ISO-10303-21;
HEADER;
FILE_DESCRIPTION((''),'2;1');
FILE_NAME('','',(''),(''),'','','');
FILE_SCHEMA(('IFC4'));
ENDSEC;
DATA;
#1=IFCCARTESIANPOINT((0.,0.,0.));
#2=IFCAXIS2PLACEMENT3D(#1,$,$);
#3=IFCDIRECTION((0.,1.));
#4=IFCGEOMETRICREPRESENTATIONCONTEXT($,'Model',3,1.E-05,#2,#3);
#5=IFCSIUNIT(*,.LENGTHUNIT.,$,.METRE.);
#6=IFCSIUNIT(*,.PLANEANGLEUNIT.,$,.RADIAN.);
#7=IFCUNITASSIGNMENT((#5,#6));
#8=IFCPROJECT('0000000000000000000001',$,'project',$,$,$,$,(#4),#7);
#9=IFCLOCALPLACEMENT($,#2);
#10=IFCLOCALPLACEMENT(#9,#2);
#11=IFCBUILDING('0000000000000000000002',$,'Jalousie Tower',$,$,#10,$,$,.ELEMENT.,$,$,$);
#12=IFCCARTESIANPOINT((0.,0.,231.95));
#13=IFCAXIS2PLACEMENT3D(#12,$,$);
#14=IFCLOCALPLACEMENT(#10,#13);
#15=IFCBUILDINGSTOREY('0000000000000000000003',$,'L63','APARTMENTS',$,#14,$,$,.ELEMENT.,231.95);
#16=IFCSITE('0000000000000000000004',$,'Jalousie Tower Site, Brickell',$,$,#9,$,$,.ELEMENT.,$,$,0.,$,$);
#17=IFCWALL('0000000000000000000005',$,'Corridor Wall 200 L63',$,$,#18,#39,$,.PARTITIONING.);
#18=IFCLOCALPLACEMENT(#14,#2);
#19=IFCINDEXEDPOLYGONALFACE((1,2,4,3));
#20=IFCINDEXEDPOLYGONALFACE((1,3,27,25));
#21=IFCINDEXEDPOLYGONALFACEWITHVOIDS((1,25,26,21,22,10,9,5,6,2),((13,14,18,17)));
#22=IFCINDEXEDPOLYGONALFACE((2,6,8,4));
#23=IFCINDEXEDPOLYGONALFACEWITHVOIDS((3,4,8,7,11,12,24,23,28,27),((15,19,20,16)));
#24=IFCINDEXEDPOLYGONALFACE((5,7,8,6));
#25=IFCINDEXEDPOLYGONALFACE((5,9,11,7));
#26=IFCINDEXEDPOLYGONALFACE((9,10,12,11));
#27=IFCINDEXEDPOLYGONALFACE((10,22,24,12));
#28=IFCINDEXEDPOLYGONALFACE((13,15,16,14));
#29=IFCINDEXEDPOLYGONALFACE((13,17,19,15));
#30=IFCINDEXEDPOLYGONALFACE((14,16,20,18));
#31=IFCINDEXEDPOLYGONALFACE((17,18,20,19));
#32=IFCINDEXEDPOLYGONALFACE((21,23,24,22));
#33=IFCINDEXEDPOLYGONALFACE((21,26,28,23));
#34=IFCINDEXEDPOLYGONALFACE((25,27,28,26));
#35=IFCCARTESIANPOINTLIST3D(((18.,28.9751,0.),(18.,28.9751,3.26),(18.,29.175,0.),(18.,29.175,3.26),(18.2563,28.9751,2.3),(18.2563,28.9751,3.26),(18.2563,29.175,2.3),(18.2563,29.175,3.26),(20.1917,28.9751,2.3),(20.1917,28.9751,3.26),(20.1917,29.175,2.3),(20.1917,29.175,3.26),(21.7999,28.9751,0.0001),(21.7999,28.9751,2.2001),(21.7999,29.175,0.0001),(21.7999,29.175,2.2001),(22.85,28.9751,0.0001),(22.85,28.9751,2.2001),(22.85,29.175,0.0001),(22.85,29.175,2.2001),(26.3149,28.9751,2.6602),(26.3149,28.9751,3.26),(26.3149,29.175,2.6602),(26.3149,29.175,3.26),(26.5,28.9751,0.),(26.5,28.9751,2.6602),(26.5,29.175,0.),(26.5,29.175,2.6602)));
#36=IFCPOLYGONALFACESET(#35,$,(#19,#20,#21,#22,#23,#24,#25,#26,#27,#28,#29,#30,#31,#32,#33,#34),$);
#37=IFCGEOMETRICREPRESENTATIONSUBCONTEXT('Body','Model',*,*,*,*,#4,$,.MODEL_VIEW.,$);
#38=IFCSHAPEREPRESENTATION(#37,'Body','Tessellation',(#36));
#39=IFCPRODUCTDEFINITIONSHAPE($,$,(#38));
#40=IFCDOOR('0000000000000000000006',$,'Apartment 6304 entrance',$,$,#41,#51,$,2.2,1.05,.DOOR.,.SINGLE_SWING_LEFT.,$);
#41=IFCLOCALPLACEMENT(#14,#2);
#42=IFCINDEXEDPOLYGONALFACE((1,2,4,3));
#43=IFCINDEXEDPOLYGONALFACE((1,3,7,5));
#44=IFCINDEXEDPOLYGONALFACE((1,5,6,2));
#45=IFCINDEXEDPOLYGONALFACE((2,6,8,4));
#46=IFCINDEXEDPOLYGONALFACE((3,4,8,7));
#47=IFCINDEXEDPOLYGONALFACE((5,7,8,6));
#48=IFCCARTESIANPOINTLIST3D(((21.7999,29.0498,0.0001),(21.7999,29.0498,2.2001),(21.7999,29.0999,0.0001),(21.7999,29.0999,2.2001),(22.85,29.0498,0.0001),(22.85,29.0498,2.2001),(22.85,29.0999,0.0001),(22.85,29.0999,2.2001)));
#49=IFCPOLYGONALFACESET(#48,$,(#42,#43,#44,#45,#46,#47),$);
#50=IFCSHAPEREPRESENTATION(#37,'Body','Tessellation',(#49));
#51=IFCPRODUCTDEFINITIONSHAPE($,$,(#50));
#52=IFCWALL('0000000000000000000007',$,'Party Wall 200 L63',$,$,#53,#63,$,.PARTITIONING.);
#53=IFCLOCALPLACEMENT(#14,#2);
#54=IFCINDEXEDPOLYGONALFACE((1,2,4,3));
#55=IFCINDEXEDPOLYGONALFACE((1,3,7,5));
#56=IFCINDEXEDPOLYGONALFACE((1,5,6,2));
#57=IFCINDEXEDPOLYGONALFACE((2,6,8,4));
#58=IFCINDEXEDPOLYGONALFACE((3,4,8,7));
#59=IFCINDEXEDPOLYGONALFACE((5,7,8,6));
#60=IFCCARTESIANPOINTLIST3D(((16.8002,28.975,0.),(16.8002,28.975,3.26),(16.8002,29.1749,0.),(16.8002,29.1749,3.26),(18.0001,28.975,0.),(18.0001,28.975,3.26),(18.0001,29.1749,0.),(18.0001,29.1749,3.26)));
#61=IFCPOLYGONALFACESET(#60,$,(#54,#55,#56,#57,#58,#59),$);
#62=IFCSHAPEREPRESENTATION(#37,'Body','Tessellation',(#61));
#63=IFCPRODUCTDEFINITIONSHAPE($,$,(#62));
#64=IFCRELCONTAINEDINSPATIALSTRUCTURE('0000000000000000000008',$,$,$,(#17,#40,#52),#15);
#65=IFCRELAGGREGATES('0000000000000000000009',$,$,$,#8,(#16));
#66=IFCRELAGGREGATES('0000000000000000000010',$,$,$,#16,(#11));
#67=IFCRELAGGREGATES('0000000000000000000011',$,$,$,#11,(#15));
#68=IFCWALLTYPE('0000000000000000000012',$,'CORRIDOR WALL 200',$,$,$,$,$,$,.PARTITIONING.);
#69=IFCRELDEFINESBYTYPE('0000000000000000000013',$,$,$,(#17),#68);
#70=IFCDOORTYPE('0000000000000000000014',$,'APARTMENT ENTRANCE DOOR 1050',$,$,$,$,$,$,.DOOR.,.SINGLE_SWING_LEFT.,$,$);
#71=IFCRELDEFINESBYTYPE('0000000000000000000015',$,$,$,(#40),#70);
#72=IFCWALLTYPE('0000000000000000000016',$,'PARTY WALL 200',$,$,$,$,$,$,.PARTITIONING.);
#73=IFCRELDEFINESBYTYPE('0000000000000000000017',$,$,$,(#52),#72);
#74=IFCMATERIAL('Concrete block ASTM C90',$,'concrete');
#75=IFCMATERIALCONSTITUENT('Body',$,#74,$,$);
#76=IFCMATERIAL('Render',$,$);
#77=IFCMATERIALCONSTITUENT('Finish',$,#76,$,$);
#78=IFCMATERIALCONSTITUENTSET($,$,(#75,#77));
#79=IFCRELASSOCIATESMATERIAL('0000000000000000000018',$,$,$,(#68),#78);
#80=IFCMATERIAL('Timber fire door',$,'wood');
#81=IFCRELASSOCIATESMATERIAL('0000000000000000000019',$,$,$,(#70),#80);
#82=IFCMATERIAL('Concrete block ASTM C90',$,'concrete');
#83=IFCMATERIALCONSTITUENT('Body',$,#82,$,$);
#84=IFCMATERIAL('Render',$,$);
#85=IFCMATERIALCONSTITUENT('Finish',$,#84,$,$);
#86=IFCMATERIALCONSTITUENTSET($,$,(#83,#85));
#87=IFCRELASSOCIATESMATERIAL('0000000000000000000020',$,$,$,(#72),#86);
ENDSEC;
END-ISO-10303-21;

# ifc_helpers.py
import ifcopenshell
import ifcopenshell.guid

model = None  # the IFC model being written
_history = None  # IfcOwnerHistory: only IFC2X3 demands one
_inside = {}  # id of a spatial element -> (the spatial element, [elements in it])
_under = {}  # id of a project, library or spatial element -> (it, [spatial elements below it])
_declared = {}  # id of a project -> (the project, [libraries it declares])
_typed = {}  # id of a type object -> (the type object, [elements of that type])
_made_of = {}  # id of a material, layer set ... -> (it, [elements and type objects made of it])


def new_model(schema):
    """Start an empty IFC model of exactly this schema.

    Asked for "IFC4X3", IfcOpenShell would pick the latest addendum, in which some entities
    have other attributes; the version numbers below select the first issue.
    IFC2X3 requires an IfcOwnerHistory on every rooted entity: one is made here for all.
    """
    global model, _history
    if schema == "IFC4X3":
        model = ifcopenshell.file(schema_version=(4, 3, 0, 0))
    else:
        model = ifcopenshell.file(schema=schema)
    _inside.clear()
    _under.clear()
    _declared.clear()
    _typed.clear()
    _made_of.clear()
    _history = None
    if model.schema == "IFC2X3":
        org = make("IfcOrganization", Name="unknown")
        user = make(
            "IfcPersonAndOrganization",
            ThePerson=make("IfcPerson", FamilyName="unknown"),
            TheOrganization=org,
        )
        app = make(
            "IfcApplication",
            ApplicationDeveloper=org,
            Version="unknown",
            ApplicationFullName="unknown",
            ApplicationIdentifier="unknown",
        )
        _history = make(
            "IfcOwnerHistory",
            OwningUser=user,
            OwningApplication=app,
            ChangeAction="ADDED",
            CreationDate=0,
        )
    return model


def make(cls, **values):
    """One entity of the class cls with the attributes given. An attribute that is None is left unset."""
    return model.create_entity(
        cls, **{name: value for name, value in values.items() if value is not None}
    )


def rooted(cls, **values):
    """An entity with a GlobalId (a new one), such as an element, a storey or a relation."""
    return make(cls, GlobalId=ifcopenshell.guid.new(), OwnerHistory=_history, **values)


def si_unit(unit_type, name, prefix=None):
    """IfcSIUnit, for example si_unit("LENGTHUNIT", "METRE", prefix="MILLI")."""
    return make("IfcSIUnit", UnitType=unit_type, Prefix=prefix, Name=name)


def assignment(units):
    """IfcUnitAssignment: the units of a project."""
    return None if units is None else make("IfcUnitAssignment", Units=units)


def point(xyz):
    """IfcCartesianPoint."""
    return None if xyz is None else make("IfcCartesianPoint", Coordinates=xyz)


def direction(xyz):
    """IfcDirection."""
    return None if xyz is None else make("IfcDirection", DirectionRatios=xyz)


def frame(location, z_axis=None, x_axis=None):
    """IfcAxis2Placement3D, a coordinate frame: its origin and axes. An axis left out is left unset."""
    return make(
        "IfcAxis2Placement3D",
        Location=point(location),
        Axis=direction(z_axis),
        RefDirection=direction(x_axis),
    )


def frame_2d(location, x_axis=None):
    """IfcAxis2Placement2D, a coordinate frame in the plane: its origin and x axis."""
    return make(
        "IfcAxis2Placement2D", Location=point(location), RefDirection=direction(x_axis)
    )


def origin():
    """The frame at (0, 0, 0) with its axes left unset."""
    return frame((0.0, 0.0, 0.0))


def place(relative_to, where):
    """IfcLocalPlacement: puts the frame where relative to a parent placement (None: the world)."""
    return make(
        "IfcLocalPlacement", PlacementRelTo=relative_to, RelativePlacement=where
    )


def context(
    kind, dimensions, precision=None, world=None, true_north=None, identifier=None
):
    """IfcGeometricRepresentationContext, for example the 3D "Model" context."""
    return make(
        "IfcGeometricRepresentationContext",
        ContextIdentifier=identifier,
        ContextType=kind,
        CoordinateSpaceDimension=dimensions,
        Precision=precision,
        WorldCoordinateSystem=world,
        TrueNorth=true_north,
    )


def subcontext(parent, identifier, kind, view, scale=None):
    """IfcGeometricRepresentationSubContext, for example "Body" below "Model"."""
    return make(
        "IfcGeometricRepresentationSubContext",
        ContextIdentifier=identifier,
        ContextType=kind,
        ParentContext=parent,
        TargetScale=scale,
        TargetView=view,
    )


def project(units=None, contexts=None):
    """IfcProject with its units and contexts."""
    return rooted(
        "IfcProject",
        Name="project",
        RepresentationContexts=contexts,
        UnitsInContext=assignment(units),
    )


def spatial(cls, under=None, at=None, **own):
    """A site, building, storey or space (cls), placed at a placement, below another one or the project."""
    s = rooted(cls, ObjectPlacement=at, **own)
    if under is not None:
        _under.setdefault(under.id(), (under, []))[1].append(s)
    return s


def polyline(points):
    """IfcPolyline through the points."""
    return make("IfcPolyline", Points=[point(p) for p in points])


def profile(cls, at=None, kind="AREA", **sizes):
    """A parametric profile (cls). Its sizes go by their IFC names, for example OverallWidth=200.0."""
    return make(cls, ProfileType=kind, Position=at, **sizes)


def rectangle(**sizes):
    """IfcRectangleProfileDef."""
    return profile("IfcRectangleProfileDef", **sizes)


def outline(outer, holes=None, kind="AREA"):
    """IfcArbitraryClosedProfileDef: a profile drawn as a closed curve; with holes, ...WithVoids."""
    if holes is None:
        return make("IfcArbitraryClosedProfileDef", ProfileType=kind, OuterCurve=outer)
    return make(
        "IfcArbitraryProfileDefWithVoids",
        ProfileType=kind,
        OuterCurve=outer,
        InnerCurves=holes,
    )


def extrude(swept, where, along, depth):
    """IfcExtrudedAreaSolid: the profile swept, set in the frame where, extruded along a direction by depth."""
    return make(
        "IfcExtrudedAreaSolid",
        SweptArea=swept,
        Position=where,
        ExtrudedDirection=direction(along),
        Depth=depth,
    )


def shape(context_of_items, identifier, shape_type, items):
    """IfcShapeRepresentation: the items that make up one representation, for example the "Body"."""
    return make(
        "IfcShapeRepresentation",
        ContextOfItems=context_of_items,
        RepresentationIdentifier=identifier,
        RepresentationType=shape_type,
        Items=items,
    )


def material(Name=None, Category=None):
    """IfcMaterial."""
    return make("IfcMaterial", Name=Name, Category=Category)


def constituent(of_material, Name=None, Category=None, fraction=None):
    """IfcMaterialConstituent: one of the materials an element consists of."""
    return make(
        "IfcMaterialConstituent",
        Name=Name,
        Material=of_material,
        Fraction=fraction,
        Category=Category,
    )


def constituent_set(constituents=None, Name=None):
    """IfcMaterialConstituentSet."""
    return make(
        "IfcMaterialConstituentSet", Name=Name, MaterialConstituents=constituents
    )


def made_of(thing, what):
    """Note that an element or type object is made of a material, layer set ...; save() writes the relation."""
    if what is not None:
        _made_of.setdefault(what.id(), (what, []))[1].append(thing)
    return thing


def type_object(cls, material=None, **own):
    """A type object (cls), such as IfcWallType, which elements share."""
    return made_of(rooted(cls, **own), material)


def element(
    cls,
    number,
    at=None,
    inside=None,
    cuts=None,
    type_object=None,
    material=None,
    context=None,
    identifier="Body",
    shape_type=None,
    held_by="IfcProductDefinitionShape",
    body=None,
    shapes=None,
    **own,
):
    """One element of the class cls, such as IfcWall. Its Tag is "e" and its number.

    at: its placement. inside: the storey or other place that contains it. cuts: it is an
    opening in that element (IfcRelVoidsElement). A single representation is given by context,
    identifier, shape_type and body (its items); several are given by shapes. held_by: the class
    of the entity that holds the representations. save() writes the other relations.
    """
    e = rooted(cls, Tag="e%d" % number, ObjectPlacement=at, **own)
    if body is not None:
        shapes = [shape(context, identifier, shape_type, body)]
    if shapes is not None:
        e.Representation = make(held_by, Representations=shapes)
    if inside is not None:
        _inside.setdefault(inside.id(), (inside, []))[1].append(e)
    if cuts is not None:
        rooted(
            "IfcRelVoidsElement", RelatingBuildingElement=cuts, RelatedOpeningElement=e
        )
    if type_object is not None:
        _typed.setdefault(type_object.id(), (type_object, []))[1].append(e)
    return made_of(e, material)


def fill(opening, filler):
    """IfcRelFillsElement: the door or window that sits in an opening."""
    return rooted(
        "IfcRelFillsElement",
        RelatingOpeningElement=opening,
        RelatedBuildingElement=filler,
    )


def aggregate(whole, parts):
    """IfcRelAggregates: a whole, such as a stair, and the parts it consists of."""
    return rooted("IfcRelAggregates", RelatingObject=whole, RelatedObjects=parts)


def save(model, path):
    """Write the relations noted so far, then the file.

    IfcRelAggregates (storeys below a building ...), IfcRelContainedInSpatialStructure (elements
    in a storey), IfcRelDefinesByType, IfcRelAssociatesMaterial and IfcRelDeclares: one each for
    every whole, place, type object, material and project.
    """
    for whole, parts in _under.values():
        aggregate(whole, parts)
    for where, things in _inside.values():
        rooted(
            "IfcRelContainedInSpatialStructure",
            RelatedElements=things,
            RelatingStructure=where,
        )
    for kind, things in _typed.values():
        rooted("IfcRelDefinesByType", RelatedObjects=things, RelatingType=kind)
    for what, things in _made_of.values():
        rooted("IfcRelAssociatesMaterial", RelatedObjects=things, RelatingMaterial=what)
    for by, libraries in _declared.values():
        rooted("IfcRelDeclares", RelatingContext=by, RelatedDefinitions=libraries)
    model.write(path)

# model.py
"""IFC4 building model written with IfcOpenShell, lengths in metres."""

from ifc_helpers import new_model, si_unit, direction, frame, frame_2d, origin, place, context, subcontext, project, spatial, polyline, rectangle, outline, extrude, material, constituent, constituent_set, type_object, element, fill, save


model = new_model("IFC4")

# Units and contexts
model_context = context("Model", 3, precision=1e-05, world=origin(), true_north=direction((0.0, 1.0)))
body_context = subcontext(model_context, "Body", "Model", "MODEL_VIEW")
ifc_project = project(units=[si_unit("LENGTHUNIT", "METRE"), si_unit("PLANEANGLEUNIT", "RADIAN")], contexts=[model_context])

# Site, building, storey
site_placement = place(None, origin())
site = spatial("IfcSite", under=ifc_project, at=site_placement, Name="Jalousie Tower Site, Brickell", CompositionType="ELEMENT", RefElevation=0.0)
building_placement = place(site_placement, origin())
building = spatial("IfcBuilding", under=site, at=building_placement, Name="Jalousie Tower", CompositionType="ELEMENT")
storey_placement = place(building_placement, frame((0.0, 0.0, 231.95)))
storey = spatial("IfcBuildingStorey", under=building, at=storey_placement, Name="L63", Description="APARTMENTS", CompositionType="ELEMENT", Elevation=231.95)

# Wall, opening, door
ifc_material_1 = material(Name="Concrete block ASTM C90", Category="concrete")
ifc_constituent_1 = constituent(ifc_material_1, Name="Body")
ifc_material_2 = material(Name="Render")
ifc_constituent_2 = constituent(ifc_material_2, Name="Finish")
ifc_constituent_set_1 = constituent_set(constituents=[ifc_constituent_1, ifc_constituent_2])
wall_type_1 = type_object("IfcWallType", Name="CORRIDOR WALL 200", PredefinedType="PARTITIONING", material=ifc_constituent_set_1)
wall_1_placement = place(storey_placement, frame((18.0, 29.075, 0.0), z_axis=(0.0, 0.0, 1.0), x_axis=(1.0, 0.0, 0.0)))
wall_1 = element("IfcWall", 1, at=wall_1_placement, inside=storey, type_object=wall_type_1, Name="Corridor Wall 200 L63", PredefinedType="PARTITIONING", context=body_context, shape_type="SweptSolid", body=[
    extrude(outline(polyline([(0.0, 0.0), (8.5, 0.0), (8.5, 3.26), (8.5, 2.6602), (8.3149, 2.6602), (8.3149, 3.26), (2.1917, 3.26), (2.1917, 2.3), (0.2563, 2.3), (0.2563, 3.26), (0.0, 3.26), (0.0, 0.0)])), frame((0.0, 0.1001, 0.0), z_axis=(0.0, -1.0, 0.0), x_axis=(1.0, 0.0, 0.0)), (0.0, 0.0, 1.0), 0.2),
])
opening_1_placement = place(wall_1_placement, frame((3.8, 0.0, 0.0)))
opening_1 = element("IfcOpeningElement", 2, at=opening_1_placement, cuts=wall_1, PredefinedType="OPENING", context=body_context, shape_type="SweptSolid", body=[
    extrude(rectangle(XDim=1.05, YDim=2.2, at=frame_2d((0.5249, 1.1001))), frame((0.0, 0.1099, 0.0), z_axis=(0.0, -1.0, 0.0), x_axis=(1.0, 0.0, 0.0)), (0.0, 0.0, 1.0), 0.22),
])
ifc_material_3 = material(Name="Timber fire door", Category="wood")
door_type_1 = type_object("IfcDoorType", Name="APARTMENT ENTRANCE DOOR 1050", OperationType="SINGLE_SWING_LEFT", PredefinedType="DOOR", material=ifc_material_3)
door_1_placement = place(opening_1_placement, origin())
door_1 = element("IfcDoor", 3, at=door_1_placement, inside=storey, type_object=door_type_1, Name="Apartment 6304 entrance", OperationType="SINGLE_SWING_LEFT", OverallHeight=2.2, OverallWidth=1.05, PredefinedType="DOOR", context=body_context, shape_type="SweptSolid", body=[
    extrude(rectangle(XDim=1.05, YDim=2.2, at=frame_2d((0.5249, 1.1001))), frame((0.0, 0.0249, 0.0), z_axis=(0.0, -1.0, 0.0), x_axis=(1.0, 0.0, 0.0)), (0.0, 0.0, 1.0), 0.05),
])
fill(opening_1, door_1)

# Wall
ifc_material_4 = material(Name="Concrete block ASTM C90", Category="concrete")
ifc_constituent_3 = constituent(ifc_material_4, Name="Body")
ifc_material_5 = material(Name="Render")
ifc_constituent_4 = constituent(ifc_material_5, Name="Finish")
ifc_constituent_set_2 = constituent_set(constituents=[ifc_constituent_3, ifc_constituent_4])
wall_type_2 = type_object("IfcWallType", Name="PARTY WALL 200", PredefinedType="PARTITIONING", material=ifc_constituent_set_2)
wall_2_placement = place(storey_placement, frame((16.8, 29.075, 0.0), z_axis=(0.0, 0.0, 1.0), x_axis=(1.0, 0.0, 0.0)))
element("IfcWall", 4, at=wall_2_placement, inside=storey, type_object=wall_type_2, Name="Party Wall 200 L63", PredefinedType="PARTITIONING", context=body_context, shape_type="SweptSolid", body=[
    extrude(rectangle(XDim=1.2, YDim=0.2, at=frame_2d((0.6001, 0.0))), origin(), (0.0, 0.0, 1.0), 3.26),
])

save(model, "model.ifc")
